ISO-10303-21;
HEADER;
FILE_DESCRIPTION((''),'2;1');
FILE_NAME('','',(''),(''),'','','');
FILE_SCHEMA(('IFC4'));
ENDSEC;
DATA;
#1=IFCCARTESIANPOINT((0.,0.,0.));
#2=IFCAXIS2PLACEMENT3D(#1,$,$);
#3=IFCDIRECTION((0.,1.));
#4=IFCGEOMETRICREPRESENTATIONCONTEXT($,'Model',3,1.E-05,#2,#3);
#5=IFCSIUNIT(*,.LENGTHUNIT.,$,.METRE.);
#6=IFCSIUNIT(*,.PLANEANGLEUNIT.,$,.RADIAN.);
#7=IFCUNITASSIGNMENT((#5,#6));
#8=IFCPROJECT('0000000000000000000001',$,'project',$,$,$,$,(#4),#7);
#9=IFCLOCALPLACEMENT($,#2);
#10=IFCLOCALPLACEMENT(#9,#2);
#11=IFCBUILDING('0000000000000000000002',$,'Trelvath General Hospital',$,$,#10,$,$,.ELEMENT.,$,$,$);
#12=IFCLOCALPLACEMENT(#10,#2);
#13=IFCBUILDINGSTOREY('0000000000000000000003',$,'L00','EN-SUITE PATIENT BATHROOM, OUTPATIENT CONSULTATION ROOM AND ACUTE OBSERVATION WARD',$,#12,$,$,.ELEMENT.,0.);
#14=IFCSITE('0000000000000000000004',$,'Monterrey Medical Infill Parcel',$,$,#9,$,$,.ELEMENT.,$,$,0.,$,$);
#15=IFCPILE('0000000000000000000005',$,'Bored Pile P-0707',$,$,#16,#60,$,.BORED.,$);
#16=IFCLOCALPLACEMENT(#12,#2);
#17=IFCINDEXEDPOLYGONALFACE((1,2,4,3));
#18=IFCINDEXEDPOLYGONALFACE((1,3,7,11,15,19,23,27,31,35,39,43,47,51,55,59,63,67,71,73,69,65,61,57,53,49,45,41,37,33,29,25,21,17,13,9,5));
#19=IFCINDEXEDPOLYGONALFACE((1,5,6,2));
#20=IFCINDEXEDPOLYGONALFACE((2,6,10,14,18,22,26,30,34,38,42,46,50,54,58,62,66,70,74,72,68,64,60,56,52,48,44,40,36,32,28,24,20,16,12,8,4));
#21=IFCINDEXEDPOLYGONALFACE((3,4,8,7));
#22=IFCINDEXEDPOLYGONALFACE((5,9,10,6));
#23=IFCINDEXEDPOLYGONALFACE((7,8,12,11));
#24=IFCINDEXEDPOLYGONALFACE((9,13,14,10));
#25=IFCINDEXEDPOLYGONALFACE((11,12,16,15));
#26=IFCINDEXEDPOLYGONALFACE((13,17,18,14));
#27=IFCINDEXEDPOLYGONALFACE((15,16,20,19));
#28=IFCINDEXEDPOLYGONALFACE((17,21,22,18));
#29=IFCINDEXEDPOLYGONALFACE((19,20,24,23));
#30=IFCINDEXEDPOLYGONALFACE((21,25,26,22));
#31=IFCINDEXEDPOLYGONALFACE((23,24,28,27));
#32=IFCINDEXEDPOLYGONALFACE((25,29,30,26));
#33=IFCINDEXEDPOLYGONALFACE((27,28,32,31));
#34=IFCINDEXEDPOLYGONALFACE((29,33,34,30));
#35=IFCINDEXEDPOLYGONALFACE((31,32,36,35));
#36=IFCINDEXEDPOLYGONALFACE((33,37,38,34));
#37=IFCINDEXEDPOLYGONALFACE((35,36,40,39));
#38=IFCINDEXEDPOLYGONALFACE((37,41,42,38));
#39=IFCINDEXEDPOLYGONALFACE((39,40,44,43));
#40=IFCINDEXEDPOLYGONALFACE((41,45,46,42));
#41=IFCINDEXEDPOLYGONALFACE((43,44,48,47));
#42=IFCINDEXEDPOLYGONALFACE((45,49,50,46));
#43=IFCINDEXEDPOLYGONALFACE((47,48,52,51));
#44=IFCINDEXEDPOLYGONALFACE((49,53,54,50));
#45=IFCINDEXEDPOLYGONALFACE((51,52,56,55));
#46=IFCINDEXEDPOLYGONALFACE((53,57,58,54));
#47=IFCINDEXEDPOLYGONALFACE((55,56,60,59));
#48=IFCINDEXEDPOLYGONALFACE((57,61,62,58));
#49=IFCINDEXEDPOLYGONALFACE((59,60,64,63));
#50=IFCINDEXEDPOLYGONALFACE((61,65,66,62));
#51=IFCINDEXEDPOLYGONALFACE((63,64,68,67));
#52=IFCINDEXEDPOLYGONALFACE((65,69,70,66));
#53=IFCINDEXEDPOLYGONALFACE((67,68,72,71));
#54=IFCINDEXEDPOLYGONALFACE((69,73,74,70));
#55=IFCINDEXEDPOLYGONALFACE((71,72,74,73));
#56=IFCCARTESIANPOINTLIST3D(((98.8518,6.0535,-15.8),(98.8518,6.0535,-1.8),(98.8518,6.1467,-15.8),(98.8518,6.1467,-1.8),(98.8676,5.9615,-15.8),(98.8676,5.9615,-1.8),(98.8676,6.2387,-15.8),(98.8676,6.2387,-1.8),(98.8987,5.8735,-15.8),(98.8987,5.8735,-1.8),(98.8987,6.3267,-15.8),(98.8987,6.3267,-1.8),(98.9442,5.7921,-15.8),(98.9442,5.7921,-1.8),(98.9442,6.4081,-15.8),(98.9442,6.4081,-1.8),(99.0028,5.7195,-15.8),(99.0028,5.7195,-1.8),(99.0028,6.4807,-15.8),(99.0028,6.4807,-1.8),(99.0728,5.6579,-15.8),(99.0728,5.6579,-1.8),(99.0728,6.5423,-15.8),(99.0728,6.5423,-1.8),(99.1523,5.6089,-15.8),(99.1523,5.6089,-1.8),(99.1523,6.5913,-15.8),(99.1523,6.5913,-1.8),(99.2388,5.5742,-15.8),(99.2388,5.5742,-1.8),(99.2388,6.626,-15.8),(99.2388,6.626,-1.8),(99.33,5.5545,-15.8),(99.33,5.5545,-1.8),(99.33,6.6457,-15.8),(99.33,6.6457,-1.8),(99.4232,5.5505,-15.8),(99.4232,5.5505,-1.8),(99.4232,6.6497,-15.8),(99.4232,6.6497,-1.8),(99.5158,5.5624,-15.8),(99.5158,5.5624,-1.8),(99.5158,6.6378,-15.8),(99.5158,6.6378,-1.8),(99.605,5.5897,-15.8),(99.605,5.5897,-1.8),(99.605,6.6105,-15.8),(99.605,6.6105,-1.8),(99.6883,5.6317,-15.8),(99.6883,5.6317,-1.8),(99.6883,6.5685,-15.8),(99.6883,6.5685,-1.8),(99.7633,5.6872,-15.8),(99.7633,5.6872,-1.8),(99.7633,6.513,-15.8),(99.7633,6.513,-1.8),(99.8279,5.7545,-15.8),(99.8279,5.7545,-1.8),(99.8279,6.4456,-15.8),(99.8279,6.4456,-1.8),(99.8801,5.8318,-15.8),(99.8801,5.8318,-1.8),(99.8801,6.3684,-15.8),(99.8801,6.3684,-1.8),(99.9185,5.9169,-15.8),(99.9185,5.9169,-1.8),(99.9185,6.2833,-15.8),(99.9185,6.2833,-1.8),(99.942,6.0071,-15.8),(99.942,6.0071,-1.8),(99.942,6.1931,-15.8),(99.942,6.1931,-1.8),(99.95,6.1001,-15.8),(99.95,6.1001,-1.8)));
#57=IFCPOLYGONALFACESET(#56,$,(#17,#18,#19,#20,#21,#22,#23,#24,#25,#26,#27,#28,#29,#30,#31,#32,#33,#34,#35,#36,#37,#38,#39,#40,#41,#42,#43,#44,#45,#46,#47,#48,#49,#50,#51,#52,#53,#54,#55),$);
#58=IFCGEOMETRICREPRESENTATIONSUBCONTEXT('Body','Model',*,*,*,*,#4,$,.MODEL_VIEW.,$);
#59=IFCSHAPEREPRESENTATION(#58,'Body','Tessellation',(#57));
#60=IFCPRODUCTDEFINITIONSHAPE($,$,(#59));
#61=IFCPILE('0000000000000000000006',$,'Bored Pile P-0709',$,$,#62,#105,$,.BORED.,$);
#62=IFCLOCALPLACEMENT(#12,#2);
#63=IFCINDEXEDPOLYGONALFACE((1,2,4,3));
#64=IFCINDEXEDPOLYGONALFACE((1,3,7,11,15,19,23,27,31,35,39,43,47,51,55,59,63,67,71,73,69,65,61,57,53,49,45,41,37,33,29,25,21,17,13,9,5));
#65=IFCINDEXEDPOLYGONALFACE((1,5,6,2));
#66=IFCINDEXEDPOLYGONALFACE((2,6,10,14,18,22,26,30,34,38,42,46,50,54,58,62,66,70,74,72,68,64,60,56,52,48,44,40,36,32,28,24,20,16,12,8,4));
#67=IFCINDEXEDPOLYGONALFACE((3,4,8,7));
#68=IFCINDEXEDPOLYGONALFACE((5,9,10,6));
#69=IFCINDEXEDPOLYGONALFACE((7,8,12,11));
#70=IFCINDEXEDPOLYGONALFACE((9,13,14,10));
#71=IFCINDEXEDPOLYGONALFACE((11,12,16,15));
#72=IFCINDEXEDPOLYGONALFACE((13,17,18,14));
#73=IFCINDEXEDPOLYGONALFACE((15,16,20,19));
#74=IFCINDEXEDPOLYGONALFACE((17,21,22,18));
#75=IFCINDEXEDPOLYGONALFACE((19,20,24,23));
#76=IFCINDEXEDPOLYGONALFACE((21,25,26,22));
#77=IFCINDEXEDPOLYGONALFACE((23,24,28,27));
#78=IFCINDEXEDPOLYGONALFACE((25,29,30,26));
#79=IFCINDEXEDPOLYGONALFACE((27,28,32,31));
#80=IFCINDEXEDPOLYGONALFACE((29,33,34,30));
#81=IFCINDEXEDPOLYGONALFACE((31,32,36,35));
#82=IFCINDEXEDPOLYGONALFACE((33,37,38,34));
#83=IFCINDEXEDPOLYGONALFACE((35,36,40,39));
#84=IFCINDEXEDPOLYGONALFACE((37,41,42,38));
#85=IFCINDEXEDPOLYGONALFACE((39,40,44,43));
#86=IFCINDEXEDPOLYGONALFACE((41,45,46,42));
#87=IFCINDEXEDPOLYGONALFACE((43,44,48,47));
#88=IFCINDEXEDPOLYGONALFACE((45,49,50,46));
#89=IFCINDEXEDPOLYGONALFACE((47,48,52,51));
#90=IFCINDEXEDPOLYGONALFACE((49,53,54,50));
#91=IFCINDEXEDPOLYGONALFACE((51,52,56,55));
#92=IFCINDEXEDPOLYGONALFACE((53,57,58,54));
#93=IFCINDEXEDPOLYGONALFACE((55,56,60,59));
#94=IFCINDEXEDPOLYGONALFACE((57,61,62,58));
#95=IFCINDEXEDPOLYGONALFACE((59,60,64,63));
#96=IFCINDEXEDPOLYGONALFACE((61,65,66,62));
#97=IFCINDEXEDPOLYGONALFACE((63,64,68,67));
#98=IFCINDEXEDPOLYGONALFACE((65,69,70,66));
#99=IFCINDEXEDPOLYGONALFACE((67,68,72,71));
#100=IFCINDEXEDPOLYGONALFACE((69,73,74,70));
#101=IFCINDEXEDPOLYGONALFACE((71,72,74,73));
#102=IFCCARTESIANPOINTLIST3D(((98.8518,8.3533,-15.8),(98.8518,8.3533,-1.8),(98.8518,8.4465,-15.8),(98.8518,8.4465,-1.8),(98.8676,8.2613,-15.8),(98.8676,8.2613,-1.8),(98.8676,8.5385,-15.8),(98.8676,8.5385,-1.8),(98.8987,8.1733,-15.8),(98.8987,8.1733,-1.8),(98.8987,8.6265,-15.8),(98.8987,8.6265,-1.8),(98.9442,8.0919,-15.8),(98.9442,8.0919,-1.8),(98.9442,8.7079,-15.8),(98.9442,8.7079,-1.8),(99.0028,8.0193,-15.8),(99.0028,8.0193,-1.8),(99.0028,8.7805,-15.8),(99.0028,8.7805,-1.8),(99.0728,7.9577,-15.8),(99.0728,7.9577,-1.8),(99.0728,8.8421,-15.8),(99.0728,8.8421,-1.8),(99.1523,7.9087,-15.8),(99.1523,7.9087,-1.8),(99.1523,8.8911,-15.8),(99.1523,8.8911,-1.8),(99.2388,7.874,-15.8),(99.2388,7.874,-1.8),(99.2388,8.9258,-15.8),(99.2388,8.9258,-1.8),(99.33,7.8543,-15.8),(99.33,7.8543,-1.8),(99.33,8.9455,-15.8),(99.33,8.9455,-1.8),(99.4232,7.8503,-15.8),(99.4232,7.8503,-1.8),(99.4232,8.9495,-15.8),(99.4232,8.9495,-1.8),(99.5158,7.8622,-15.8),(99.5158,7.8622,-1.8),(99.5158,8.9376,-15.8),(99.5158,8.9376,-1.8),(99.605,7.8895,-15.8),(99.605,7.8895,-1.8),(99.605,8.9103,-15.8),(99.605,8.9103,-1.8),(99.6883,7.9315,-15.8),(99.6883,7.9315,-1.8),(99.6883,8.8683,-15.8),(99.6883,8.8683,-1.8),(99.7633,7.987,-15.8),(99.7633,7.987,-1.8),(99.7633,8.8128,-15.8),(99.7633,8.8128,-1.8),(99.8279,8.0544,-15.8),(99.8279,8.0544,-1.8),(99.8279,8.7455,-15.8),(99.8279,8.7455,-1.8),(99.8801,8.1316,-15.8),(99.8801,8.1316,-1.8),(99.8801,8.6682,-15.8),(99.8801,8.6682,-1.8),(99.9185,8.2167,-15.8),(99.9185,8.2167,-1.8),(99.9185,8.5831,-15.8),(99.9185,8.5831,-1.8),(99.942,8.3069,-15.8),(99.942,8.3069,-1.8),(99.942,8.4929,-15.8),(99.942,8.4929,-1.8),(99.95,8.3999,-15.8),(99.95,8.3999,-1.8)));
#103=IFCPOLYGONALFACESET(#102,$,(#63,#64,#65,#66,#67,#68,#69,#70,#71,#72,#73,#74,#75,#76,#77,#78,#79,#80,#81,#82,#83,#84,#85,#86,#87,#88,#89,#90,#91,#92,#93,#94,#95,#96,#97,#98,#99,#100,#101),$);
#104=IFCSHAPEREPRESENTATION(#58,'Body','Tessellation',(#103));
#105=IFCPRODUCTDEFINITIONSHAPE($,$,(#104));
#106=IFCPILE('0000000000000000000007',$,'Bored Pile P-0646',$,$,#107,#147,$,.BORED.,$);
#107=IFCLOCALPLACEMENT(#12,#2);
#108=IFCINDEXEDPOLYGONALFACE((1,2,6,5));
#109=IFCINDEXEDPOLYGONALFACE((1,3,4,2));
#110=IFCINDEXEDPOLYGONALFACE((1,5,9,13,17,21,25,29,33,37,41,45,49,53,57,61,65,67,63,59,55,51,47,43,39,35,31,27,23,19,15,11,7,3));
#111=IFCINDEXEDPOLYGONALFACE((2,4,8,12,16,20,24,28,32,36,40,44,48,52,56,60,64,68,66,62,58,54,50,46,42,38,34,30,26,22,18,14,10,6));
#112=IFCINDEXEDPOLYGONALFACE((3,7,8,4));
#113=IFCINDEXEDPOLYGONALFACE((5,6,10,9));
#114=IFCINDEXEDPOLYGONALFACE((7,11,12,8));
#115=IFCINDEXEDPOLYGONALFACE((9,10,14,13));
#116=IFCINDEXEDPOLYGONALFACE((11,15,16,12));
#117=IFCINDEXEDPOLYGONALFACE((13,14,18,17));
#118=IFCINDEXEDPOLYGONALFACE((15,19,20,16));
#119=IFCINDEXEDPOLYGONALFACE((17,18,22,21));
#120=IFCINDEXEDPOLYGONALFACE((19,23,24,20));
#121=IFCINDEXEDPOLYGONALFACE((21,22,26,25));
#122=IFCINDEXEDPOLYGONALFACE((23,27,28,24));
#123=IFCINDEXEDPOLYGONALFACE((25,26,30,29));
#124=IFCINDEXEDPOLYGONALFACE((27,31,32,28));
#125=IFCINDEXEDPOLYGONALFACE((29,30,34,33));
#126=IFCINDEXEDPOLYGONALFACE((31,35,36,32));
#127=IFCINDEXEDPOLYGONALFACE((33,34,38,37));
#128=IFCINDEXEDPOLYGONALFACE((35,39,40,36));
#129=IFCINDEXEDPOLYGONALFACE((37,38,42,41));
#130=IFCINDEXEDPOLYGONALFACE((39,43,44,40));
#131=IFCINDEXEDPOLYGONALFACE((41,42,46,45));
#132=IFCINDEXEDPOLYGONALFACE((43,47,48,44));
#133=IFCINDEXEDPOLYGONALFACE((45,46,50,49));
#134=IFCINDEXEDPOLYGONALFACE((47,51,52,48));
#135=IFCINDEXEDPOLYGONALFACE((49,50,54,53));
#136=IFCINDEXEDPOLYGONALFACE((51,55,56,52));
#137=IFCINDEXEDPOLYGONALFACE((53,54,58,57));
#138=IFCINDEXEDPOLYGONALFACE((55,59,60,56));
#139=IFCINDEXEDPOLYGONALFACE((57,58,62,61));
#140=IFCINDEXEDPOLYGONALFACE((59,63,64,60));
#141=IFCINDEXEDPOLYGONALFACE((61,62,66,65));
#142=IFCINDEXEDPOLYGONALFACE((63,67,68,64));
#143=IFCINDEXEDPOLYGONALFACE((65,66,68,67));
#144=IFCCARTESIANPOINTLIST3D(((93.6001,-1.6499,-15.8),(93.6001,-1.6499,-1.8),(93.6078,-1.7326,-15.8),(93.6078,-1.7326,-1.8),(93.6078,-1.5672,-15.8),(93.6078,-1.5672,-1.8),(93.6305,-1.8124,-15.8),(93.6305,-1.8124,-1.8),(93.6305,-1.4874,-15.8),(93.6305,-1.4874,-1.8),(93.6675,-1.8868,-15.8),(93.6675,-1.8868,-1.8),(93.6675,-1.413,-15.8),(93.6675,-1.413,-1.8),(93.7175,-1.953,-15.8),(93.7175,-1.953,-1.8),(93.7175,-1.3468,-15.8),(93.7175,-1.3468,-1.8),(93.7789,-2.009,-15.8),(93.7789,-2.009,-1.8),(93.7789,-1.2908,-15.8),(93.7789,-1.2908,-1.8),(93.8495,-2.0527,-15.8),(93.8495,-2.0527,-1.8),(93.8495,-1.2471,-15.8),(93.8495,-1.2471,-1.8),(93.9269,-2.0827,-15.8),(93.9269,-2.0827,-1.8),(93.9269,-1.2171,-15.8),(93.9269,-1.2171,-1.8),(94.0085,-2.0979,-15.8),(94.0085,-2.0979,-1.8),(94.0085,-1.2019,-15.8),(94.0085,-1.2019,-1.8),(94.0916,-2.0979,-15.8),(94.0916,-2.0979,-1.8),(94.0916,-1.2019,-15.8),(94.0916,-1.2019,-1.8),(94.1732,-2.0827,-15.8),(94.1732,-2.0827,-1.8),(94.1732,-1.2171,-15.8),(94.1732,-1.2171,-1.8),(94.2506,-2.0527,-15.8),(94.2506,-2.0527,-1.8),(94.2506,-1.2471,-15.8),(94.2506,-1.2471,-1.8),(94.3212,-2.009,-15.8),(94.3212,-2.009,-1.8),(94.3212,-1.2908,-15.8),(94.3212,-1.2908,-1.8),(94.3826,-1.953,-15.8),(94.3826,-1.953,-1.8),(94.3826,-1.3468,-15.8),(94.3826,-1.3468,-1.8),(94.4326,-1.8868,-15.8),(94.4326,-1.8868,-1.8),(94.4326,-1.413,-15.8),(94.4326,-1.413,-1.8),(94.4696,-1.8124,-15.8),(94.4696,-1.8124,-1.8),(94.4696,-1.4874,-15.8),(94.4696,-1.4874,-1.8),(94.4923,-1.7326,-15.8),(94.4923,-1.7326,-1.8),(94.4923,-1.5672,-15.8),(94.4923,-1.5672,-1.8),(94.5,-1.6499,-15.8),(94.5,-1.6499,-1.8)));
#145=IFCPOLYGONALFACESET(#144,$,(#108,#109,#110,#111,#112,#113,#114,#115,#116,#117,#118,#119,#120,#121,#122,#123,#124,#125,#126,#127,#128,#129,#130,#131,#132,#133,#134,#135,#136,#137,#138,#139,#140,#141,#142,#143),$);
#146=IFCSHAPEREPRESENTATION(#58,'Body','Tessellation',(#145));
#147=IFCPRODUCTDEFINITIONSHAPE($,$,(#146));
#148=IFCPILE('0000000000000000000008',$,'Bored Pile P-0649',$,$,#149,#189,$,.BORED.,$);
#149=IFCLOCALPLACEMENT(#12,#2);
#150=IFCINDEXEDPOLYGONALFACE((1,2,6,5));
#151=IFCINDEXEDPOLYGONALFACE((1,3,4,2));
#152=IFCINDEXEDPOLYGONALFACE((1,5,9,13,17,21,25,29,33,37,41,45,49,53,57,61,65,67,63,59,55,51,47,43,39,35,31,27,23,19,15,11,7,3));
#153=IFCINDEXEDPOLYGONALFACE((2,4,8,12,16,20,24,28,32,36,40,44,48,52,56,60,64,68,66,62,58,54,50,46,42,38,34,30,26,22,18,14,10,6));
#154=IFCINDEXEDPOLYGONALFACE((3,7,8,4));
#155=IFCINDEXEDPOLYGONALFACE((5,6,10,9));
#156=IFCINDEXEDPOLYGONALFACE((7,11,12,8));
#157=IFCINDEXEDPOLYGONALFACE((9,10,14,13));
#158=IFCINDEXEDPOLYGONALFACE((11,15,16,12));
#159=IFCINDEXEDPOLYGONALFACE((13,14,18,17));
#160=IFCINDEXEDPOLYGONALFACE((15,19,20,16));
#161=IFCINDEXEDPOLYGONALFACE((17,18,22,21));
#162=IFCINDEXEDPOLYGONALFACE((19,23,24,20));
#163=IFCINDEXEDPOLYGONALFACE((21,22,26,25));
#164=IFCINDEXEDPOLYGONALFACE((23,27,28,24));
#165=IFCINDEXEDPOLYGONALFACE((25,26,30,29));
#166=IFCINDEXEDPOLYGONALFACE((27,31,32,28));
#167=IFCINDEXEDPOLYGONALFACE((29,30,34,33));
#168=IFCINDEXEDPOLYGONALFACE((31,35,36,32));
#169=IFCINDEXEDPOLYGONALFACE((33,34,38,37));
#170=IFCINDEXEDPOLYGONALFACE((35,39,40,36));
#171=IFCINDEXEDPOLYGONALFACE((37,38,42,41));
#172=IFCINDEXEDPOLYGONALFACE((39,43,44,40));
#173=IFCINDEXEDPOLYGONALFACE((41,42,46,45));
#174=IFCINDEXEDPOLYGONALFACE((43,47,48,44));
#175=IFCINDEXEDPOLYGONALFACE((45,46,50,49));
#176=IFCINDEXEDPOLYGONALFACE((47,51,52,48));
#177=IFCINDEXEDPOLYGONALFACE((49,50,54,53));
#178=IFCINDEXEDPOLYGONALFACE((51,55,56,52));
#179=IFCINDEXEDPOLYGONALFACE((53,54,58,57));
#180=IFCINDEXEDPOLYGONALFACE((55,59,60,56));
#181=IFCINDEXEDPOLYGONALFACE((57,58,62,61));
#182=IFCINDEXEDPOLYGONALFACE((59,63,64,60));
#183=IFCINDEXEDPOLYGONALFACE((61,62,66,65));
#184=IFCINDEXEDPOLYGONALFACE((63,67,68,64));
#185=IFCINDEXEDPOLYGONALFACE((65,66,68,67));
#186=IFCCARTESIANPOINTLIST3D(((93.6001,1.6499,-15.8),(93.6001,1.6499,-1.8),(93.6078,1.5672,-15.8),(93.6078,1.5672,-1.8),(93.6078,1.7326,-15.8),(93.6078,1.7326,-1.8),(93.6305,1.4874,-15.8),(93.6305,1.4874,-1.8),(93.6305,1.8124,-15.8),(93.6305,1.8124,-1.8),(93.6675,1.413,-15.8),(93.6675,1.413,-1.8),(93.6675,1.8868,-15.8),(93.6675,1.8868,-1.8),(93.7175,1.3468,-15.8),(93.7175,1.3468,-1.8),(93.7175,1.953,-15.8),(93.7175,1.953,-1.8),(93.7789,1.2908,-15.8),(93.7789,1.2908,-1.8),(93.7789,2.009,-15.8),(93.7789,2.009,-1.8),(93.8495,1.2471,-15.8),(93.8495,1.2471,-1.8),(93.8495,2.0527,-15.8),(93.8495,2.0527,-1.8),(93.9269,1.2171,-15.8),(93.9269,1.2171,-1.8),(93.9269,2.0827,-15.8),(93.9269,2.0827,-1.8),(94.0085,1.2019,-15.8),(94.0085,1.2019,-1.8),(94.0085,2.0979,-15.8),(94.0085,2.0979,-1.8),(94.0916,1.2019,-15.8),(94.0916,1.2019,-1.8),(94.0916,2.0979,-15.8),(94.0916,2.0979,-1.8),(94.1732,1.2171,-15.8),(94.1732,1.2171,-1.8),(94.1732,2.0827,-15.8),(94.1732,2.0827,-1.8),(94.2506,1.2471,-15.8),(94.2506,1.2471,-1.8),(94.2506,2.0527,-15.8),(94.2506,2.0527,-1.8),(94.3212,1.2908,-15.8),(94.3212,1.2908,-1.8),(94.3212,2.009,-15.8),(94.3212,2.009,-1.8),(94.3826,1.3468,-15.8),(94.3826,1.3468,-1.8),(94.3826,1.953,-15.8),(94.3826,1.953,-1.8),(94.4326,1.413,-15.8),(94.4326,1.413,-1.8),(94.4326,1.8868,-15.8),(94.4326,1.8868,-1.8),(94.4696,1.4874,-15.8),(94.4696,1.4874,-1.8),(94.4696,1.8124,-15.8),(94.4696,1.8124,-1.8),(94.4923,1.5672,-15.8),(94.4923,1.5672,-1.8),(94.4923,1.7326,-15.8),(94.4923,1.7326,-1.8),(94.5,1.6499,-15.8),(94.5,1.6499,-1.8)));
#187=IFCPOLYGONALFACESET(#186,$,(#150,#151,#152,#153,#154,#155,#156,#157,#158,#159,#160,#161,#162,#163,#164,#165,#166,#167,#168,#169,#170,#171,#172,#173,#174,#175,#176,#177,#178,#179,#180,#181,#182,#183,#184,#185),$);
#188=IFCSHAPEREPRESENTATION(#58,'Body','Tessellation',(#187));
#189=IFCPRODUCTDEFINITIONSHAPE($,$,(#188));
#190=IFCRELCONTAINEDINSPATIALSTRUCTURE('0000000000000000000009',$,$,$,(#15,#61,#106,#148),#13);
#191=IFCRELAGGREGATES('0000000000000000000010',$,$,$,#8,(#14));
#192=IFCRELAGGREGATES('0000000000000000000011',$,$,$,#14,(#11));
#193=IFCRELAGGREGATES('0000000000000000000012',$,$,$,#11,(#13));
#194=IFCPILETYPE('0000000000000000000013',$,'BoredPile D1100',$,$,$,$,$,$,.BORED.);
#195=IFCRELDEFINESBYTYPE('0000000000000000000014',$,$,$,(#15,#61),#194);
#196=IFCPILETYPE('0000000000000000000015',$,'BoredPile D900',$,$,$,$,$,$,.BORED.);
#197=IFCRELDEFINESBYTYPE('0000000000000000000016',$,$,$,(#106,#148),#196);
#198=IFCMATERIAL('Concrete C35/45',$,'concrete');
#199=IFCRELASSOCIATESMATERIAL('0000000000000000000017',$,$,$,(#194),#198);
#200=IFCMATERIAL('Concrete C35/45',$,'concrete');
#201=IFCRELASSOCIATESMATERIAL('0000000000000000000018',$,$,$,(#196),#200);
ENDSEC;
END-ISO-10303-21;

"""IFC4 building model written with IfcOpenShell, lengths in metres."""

from ifc_helpers import new_model, si_unit, direction, frame, origin, origin_2d, place, context, subcontext, project, spatial, circle, extrude, material, material_profile, profile_set, type_object, element, save


model = new_model("IFC4")

# Units and contexts
model_context = context("Model", 3, precision=1e-05, world=origin(), true_north=direction((0.0, 1.0)))
body_context = subcontext(model_context, "Body", "Model", "MODEL_VIEW")
ifc_project = project(units=[si_unit("LENGTHUNIT", "METRE"), si_unit("PLANEANGLEUNIT", "RADIAN")], contexts=[model_context])

# Site, building, storey
site_placement = place(None, origin())
site = spatial("IfcSite", under=ifc_project, at=site_placement, Name="Monterrey Medical Infill Parcel", CompositionType="ELEMENT", RefElevation=0.0)
building_placement = place(site_placement, origin())
building = spatial("IfcBuilding", under=site, at=building_placement, Name="Trelvath General Hospital", CompositionType="ELEMENT")
storey_placement = place(building_placement, origin())
storey = spatial("IfcBuildingStorey", under=building, at=storey_placement, Name="L00", Description="EN-SUITE PATIENT BATHROOM, OUTPATIENT CONSULTATION ROOM AND ACUTE OBSERVATION WARD", CompositionType="ELEMENT", Elevation=0.0)

# Piles
ifc_material_1 = material(Name="Concrete C35/45", Category="concrete")
ifc_material_profile_1 = material_profile(ifc_material_1, circle(Radius=0.55, at=origin_2d()), Name="PILE1100")
ifc_profile_set_1 = profile_set([ifc_material_profile_1], Name="Concrete C35/45")
pile_type_1 = type_object("IfcPileType", Name="BoredPile D1100", PredefinedType="BORED", material=ifc_profile_set_1)
for number, where, z_axis, x_axis, name in (
    (1, (99.3999, 6.1001, -1.8), (0.0, 0.0, -1.0), (1.0, 0.0, 0.0), "Bored Pile P-0707"),
    (2, (99.3999, 8.3999, -1.8), (0.0, 0.0, -1.0), (1.0, 0.0, 0.0), "Bored Pile P-0709"),
):
    element("IfcPile", number, at=place(storey_placement, frame(where, z_axis=z_axis, x_axis=x_axis)), inside=storey, type_object=pile_type_1, Name=name, PredefinedType="BORED", context=body_context, shape_type="SweptSolid", body=[
        extrude(circle(Radius=0.55, at=origin_2d()), origin(), (0.0, 0.0, 1.0), 14.0),
    ])
ifc_material_2 = material(Name="Concrete C35/45", Category="concrete")
ifc_material_profile_2 = material_profile(ifc_material_2, circle(Radius=0.45, at=origin_2d()), Name="PILE900")
ifc_profile_set_2 = profile_set([ifc_material_profile_2], Name="Concrete C35/45")
pile_type_2 = type_object("IfcPileType", Name="BoredPile D900", PredefinedType="BORED", material=ifc_profile_set_2)
for number, where, z_axis, x_axis, name in (
    (3, (94.05, -1.6499, -1.8), (0.0, 0.0, -1.0), (1.0, 0.0, 0.0), "Bored Pile P-0646"),
    (4, (94.05, 1.6499, -1.8), (0.0, 0.0, -1.0), (1.0, 0.0, 0.0), "Bored Pile P-0649"),
):
    element("IfcPile", number, at=place(storey_placement, frame(where, z_axis=z_axis, x_axis=x_axis)), inside=storey, type_object=pile_type_2, Name=name, PredefinedType="BORED", context=body_context, shape_type="SweptSolid", body=[
        extrude(circle(Radius=0.45, at=origin_2d()), origin(), (0.0, 0.0, 1.0), 14.0),
    ])

save(model, "model.ifc")
